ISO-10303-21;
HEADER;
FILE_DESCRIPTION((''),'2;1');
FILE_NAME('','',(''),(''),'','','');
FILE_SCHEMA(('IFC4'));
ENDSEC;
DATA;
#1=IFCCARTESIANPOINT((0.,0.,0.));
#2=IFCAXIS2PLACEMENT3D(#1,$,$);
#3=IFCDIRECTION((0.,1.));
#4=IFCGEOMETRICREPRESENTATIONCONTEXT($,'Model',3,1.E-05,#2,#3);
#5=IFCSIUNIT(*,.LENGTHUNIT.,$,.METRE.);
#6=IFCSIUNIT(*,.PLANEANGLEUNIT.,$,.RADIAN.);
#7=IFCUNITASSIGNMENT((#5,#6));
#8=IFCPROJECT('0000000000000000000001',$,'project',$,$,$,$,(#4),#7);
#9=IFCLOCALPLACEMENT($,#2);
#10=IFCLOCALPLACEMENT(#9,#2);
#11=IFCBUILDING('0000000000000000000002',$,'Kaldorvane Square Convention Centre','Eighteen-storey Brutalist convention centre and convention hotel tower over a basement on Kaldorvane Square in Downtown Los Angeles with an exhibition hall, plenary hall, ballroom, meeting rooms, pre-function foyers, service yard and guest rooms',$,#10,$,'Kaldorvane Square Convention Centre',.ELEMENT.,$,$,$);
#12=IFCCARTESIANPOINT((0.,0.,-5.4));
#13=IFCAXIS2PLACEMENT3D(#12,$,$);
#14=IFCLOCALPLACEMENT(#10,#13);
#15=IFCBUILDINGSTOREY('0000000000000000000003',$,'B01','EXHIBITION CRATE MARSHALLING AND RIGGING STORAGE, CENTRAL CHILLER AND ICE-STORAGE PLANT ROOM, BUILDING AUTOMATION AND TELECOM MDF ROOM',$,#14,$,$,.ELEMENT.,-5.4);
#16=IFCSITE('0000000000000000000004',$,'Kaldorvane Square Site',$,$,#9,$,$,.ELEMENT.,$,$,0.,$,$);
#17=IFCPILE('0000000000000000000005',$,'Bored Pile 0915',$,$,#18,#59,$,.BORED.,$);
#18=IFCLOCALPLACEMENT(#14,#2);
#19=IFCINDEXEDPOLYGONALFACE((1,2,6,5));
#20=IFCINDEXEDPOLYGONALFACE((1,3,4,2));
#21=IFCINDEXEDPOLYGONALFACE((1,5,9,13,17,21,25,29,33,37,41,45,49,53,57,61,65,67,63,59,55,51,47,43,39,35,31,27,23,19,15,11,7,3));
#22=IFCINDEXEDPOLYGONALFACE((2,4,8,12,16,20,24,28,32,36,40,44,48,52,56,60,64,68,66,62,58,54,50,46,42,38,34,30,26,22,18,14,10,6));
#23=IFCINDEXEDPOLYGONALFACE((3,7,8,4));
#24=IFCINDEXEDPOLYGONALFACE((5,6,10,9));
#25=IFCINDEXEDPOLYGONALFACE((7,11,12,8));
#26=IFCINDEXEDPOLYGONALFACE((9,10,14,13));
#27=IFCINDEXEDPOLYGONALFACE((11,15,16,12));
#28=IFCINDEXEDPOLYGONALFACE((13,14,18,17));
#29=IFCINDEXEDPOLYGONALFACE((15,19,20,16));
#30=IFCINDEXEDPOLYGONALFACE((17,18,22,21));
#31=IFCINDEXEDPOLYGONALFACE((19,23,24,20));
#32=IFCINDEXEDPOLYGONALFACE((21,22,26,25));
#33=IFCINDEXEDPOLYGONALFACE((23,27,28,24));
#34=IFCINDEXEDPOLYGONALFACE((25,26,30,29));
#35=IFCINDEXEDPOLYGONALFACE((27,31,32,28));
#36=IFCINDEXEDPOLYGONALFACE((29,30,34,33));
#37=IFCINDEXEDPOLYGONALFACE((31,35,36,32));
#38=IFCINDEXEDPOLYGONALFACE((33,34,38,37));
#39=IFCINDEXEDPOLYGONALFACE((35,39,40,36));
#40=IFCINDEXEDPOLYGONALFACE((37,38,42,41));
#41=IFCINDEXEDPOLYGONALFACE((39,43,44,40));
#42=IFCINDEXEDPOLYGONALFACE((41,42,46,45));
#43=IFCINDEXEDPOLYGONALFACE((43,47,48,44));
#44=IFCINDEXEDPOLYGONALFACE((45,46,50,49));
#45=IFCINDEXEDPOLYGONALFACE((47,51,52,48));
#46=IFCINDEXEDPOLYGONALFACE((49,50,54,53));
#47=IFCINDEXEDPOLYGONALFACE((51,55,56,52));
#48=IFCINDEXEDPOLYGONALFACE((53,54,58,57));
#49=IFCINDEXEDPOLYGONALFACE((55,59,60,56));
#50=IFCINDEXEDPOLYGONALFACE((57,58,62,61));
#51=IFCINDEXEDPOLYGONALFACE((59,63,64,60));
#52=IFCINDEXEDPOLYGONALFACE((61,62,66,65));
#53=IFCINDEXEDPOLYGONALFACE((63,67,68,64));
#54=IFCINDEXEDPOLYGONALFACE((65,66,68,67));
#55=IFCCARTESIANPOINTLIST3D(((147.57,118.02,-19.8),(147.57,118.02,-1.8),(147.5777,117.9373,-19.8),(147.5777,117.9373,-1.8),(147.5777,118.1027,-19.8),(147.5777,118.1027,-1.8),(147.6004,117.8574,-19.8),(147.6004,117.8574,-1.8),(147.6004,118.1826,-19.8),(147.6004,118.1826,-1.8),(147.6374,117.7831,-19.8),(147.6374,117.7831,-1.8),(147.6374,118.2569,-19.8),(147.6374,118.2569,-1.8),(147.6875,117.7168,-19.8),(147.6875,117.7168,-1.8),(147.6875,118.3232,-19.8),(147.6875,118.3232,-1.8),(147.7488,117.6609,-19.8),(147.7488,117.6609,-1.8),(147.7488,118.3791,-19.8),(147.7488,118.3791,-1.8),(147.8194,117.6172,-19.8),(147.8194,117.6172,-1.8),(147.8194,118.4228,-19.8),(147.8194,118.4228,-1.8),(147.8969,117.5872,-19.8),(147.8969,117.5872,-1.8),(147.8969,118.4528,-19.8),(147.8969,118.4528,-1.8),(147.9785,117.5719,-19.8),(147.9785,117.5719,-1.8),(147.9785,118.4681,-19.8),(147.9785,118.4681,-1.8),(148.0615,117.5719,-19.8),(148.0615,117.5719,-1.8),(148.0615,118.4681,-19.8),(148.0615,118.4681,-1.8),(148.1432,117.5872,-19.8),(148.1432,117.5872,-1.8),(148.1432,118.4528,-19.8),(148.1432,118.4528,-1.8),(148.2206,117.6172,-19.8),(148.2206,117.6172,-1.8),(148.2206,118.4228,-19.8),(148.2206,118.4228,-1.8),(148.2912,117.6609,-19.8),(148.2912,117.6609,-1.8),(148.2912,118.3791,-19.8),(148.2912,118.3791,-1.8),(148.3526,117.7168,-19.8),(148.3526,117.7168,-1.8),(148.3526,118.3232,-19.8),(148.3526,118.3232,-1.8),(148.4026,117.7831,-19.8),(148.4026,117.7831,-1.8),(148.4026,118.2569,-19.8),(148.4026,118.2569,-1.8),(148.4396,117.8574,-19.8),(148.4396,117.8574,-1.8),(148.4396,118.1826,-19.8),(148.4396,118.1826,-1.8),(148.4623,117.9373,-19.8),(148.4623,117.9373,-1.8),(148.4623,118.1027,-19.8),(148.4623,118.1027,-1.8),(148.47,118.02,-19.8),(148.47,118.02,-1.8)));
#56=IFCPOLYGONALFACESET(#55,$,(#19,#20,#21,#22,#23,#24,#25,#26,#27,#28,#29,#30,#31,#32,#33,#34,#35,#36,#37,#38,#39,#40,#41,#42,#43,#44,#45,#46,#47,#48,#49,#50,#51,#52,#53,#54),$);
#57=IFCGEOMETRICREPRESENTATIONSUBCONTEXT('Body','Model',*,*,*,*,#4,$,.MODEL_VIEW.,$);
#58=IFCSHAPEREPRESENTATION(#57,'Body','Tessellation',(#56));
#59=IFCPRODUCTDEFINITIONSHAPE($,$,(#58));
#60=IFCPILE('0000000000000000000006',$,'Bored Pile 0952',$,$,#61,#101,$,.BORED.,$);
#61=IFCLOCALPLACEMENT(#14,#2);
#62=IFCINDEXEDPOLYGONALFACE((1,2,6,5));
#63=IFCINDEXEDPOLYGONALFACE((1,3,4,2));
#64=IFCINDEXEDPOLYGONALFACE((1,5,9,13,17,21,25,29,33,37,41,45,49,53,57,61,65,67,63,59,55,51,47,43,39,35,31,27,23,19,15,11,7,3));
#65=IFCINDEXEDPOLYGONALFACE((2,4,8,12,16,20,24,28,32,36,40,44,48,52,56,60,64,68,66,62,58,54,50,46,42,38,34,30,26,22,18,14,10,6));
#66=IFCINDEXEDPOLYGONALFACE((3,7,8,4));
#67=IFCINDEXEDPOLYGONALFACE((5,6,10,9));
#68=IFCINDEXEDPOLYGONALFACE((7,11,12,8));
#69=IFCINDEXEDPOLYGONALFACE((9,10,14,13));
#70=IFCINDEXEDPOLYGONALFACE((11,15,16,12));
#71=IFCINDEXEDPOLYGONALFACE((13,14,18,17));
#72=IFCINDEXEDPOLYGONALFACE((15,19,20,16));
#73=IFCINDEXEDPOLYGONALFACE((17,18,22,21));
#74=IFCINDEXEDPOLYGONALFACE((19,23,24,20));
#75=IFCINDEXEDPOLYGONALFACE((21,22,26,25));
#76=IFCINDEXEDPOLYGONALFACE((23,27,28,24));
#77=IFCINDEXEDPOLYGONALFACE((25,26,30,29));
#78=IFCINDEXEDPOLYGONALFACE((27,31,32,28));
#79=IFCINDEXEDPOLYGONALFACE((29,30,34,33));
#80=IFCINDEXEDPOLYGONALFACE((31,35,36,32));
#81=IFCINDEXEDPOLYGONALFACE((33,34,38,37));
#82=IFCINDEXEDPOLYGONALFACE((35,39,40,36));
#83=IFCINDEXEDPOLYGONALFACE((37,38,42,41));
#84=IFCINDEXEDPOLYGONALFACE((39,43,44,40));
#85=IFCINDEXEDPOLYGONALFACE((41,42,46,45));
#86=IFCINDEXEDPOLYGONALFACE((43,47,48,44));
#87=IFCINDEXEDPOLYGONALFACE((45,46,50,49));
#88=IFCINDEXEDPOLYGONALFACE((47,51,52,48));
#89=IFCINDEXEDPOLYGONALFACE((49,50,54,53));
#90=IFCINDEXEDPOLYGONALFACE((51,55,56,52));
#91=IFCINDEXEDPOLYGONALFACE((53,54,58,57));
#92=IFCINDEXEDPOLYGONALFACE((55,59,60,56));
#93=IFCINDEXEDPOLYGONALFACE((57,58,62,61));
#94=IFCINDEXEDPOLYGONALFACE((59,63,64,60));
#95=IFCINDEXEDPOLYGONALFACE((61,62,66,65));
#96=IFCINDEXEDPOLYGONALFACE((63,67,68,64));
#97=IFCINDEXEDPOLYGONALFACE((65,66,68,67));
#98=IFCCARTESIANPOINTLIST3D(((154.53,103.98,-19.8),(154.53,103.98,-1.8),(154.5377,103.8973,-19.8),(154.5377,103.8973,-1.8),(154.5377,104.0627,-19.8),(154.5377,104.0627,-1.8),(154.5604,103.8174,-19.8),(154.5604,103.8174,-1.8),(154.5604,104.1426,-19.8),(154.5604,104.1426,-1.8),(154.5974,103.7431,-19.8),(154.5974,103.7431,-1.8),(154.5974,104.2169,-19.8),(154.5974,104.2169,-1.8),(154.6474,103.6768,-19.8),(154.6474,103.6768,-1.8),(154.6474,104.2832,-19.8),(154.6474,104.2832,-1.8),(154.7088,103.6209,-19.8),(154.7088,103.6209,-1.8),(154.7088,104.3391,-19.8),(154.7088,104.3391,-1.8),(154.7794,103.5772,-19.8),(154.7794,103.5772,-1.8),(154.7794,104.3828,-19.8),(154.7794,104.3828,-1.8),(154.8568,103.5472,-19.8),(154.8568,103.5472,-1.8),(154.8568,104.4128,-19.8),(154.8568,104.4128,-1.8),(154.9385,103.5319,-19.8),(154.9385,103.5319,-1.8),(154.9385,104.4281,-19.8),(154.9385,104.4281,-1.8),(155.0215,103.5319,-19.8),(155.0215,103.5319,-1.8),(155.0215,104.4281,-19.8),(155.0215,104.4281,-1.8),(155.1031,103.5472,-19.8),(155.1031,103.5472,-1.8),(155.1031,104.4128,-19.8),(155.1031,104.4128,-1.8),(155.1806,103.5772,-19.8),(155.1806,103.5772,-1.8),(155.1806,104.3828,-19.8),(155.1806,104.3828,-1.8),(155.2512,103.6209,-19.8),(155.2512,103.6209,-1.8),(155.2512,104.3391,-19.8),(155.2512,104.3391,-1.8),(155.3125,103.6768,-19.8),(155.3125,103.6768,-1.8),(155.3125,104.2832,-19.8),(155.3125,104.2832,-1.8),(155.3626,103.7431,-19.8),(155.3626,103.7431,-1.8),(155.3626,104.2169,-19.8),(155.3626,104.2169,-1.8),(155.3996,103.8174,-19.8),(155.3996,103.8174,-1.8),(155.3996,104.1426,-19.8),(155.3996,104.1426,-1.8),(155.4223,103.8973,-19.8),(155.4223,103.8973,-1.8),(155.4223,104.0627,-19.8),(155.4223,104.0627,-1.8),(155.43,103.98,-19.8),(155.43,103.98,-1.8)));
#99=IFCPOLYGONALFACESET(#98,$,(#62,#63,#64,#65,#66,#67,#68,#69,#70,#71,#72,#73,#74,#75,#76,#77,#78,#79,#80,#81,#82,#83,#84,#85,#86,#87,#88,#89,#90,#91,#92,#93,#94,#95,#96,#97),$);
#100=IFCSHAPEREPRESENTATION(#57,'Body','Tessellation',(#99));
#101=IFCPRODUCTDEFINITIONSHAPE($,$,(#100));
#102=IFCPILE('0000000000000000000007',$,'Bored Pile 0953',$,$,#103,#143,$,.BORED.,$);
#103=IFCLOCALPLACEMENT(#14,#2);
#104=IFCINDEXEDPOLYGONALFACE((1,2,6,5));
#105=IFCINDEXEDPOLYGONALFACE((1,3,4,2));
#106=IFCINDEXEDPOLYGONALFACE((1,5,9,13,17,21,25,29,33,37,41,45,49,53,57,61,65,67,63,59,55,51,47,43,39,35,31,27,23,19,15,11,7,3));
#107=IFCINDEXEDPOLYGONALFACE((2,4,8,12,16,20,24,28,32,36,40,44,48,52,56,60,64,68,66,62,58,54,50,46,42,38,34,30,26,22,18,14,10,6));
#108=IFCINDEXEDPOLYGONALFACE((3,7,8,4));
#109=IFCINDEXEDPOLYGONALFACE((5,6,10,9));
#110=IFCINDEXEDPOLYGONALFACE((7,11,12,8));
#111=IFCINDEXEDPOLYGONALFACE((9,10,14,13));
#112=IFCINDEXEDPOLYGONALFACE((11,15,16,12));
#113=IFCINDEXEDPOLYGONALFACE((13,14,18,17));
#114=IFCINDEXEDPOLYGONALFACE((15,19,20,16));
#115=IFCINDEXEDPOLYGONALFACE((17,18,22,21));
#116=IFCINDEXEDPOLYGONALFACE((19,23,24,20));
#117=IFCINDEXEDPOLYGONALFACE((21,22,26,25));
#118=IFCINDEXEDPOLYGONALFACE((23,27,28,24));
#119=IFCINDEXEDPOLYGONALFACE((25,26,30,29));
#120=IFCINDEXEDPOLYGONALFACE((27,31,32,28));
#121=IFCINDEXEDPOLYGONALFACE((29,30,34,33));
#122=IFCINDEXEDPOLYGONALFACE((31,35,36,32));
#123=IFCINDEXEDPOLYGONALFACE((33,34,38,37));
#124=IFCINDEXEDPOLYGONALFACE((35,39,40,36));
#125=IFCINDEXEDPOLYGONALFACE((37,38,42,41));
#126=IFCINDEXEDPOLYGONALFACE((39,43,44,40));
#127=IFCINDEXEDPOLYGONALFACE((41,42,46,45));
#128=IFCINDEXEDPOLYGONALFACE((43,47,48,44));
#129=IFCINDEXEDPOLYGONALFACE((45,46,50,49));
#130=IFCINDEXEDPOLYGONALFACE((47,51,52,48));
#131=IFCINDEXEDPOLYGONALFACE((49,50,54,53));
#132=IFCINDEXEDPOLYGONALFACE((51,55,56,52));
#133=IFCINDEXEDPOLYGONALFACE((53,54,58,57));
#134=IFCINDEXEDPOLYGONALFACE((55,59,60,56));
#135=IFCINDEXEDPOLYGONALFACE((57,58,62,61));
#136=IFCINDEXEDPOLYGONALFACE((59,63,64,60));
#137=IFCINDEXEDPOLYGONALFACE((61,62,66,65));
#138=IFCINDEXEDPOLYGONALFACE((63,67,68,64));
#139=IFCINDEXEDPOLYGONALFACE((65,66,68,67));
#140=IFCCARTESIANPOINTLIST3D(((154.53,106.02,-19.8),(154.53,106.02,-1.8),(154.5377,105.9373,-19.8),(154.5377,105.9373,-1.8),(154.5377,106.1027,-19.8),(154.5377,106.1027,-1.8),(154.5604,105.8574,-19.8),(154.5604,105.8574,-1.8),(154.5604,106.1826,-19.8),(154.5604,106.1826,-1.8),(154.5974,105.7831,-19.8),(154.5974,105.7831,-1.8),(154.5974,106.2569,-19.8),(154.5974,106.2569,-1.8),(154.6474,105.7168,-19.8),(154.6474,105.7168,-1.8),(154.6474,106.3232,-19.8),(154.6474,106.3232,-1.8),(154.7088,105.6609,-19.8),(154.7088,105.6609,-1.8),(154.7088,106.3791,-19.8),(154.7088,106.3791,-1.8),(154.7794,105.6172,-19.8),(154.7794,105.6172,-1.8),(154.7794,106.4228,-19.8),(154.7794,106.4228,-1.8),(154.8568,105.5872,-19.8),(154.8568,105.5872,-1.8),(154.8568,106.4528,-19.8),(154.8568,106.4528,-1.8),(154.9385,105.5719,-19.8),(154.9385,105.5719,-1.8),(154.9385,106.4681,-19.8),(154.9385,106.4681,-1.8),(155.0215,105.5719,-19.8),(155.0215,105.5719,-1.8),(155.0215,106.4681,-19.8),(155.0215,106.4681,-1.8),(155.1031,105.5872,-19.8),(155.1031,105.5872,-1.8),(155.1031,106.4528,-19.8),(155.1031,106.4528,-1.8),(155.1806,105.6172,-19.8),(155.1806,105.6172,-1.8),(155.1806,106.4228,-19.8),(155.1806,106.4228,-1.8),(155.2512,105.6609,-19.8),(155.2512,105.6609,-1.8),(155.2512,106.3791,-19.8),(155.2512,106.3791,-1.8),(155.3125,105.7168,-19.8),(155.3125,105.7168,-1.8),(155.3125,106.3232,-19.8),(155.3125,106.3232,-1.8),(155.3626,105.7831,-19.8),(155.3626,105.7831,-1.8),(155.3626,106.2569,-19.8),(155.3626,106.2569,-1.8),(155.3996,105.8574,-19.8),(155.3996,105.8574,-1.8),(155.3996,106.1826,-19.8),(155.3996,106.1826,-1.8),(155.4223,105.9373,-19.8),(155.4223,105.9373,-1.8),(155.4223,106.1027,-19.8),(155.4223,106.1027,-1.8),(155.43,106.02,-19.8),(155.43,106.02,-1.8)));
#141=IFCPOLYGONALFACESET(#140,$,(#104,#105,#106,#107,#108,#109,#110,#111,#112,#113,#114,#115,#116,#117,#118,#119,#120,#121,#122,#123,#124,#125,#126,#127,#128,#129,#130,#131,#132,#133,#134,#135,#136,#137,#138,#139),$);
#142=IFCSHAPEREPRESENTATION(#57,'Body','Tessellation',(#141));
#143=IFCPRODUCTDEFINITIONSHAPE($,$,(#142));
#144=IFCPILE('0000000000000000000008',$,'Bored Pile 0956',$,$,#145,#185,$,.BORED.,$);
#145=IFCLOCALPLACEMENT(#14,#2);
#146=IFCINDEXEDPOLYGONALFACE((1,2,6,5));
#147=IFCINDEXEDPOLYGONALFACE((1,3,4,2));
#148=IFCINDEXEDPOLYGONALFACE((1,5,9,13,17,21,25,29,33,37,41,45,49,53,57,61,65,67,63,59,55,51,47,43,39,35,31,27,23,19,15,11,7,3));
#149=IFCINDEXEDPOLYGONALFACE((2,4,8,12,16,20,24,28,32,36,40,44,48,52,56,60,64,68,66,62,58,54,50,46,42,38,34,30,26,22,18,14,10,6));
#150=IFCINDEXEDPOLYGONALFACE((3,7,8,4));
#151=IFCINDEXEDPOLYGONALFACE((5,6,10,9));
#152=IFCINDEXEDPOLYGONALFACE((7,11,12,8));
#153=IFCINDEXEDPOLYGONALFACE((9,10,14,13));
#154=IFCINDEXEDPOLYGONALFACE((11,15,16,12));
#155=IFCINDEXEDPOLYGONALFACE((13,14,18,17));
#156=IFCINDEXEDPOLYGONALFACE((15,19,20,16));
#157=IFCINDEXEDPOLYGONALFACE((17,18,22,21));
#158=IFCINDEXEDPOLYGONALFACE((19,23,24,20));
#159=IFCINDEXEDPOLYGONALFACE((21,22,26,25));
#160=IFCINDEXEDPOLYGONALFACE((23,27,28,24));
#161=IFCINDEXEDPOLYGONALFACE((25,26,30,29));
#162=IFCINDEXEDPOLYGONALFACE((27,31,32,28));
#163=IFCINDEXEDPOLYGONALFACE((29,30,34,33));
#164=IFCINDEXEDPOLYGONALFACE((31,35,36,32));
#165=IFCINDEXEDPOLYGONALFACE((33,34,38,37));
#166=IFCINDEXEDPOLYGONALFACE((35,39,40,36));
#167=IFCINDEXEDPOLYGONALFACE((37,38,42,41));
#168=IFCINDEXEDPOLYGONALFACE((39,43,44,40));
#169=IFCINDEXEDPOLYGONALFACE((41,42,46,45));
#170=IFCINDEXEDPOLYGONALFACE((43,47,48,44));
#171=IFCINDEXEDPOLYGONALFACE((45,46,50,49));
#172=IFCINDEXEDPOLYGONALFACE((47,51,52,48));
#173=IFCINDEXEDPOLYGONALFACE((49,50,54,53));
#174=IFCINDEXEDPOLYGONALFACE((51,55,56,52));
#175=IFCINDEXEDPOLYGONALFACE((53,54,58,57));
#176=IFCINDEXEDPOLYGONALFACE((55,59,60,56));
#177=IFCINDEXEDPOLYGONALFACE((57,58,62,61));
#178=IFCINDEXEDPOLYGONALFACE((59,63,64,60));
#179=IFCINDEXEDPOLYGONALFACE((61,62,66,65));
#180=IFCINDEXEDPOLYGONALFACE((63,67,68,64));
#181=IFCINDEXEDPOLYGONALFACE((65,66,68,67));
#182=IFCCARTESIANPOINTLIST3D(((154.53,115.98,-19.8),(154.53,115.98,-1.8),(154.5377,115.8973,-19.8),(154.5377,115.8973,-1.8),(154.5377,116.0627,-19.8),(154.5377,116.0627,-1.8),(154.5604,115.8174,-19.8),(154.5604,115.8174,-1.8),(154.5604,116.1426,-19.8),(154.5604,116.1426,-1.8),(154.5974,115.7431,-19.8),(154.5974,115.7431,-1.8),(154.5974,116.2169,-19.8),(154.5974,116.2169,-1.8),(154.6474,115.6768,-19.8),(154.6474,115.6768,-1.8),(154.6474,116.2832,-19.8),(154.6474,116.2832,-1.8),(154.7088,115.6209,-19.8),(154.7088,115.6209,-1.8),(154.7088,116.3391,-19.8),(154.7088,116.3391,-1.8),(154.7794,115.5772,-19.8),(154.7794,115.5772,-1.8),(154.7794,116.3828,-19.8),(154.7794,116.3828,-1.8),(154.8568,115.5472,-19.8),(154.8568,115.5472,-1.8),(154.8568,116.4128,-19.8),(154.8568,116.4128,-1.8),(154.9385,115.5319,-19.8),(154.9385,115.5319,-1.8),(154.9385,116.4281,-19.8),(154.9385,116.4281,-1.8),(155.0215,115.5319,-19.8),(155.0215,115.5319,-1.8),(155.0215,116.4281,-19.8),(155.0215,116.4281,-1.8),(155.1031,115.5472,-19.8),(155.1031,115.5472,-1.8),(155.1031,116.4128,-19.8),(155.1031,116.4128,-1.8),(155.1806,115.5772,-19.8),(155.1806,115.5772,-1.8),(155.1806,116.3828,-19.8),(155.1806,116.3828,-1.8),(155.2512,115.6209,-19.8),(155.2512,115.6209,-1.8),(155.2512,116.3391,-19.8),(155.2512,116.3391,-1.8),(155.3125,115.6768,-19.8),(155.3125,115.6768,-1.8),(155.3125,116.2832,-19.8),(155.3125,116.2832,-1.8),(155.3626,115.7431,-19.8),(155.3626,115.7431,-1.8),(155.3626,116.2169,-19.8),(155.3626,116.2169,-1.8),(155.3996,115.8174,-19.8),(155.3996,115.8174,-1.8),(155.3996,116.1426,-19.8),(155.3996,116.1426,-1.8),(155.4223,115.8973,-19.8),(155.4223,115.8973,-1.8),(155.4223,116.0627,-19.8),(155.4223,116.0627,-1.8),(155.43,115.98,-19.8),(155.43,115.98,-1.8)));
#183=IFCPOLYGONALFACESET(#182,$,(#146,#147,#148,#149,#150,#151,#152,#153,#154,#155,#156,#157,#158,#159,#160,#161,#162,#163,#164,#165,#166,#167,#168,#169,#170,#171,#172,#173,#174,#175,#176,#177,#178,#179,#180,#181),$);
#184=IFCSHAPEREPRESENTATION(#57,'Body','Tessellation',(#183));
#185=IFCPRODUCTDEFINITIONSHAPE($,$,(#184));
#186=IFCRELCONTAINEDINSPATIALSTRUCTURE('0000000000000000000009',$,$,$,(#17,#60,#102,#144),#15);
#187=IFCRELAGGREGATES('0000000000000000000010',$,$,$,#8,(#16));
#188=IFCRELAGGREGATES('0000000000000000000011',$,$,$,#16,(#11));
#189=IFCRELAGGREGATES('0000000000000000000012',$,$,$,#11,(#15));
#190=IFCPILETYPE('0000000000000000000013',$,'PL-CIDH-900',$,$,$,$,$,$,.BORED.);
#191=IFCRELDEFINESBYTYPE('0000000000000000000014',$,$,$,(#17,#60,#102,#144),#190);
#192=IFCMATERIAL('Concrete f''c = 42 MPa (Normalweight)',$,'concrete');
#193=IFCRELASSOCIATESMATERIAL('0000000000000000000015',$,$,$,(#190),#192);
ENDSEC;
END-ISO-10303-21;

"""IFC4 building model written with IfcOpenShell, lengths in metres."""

from ifc_helpers import new_model, si_unit, direction, frame, origin, origin_2d, place, context, subcontext, project, spatial, circle, extrude, material, material_profile, profile_set, type_object, element, save


model = new_model("IFC4")

# Units and contexts
model_context = context("Model", 3, precision=1e-05, world=origin(), true_north=direction((0.0, 1.0)))
body_context = subcontext(model_context, "Body", "Model", "MODEL_VIEW")
ifc_project = project(units=[si_unit("LENGTHUNIT", "METRE"), si_unit("PLANEANGLEUNIT", "RADIAN")], contexts=[model_context])

# Site, building, storey
site_placement = place(None, origin())
site = spatial("IfcSite", under=ifc_project, at=site_placement, Name="Kaldorvane Square Site", CompositionType="ELEMENT", RefElevation=0.0)
building_placement = place(site_placement, origin())
building = spatial("IfcBuilding", under=site, at=building_placement, Name="Kaldorvane Square Convention Centre", Description="Eighteen-storey Brutalist convention centre and convention hotel tower over a basement on Kaldorvane Square in Downtown Los Angeles with an exhibition hall, plenary hall, ballroom, meeting rooms, pre-function foyers, service yard and guest rooms", LongName="Kaldorvane Square Convention Centre", CompositionType="ELEMENT")
storey_placement = place(building_placement, frame((0.0, 0.0, -5.4)))
storey = spatial("IfcBuildingStorey", under=building, at=storey_placement, Name="B01", Description="EXHIBITION CRATE MARSHALLING AND RIGGING STORAGE, CENTRAL CHILLER AND ICE-STORAGE PLANT ROOM, BUILDING AUTOMATION AND TELECOM MDF ROOM", CompositionType="ELEMENT", Elevation=-5.4)

# Shared definitions
ifc_material_1 = material(Name="Concrete f'c = 42 MPa (Normalweight)", Category="concrete")

# Piles
ifc_material_profile_1 = material_profile(ifc_material_1, circle(Radius=0.45, at=origin_2d()), Name="PILE-D900")
ifc_profile_set_1 = profile_set([ifc_material_profile_1], Name="Concrete f'c = 42 MPa (Normalweight)")
pile_type = type_object("IfcPileType", Name="PL-CIDH-900", PredefinedType="BORED", material=ifc_profile_set_1)
for number, where, z_axis, x_axis, name in (
    (1, (148.02, 118.02, -1.8), (0.0, 0.0, -1.0), (1.0, 0.0, 0.0), "Bored Pile 0915"),
    (2, (154.98, 103.98, -1.8), (0.0, 0.0, -1.0), (1.0, 0.0, 0.0), "Bored Pile 0952"),
    (3, (154.98, 106.02, -1.8), (0.0, 0.0, -1.0), (1.0, 0.0, 0.0), "Bored Pile 0953"),
    (4, (154.98, 115.98, -1.8), (0.0, 0.0, -1.0), (1.0, 0.0, 0.0), "Bored Pile 0956"),
):
    element("IfcPile", number, at=place(storey_placement, frame(where, z_axis=z_axis, x_axis=x_axis)), inside=storey, type_object=pile_type, Name=name, PredefinedType="BORED", context=body_context, shape_type="SweptSolid", body=[
        extrude(circle(Radius=0.45, at=origin_2d()), origin(), (0.0, 0.0, 1.0), 18.0),
    ])

save(model, "model.ifc")
